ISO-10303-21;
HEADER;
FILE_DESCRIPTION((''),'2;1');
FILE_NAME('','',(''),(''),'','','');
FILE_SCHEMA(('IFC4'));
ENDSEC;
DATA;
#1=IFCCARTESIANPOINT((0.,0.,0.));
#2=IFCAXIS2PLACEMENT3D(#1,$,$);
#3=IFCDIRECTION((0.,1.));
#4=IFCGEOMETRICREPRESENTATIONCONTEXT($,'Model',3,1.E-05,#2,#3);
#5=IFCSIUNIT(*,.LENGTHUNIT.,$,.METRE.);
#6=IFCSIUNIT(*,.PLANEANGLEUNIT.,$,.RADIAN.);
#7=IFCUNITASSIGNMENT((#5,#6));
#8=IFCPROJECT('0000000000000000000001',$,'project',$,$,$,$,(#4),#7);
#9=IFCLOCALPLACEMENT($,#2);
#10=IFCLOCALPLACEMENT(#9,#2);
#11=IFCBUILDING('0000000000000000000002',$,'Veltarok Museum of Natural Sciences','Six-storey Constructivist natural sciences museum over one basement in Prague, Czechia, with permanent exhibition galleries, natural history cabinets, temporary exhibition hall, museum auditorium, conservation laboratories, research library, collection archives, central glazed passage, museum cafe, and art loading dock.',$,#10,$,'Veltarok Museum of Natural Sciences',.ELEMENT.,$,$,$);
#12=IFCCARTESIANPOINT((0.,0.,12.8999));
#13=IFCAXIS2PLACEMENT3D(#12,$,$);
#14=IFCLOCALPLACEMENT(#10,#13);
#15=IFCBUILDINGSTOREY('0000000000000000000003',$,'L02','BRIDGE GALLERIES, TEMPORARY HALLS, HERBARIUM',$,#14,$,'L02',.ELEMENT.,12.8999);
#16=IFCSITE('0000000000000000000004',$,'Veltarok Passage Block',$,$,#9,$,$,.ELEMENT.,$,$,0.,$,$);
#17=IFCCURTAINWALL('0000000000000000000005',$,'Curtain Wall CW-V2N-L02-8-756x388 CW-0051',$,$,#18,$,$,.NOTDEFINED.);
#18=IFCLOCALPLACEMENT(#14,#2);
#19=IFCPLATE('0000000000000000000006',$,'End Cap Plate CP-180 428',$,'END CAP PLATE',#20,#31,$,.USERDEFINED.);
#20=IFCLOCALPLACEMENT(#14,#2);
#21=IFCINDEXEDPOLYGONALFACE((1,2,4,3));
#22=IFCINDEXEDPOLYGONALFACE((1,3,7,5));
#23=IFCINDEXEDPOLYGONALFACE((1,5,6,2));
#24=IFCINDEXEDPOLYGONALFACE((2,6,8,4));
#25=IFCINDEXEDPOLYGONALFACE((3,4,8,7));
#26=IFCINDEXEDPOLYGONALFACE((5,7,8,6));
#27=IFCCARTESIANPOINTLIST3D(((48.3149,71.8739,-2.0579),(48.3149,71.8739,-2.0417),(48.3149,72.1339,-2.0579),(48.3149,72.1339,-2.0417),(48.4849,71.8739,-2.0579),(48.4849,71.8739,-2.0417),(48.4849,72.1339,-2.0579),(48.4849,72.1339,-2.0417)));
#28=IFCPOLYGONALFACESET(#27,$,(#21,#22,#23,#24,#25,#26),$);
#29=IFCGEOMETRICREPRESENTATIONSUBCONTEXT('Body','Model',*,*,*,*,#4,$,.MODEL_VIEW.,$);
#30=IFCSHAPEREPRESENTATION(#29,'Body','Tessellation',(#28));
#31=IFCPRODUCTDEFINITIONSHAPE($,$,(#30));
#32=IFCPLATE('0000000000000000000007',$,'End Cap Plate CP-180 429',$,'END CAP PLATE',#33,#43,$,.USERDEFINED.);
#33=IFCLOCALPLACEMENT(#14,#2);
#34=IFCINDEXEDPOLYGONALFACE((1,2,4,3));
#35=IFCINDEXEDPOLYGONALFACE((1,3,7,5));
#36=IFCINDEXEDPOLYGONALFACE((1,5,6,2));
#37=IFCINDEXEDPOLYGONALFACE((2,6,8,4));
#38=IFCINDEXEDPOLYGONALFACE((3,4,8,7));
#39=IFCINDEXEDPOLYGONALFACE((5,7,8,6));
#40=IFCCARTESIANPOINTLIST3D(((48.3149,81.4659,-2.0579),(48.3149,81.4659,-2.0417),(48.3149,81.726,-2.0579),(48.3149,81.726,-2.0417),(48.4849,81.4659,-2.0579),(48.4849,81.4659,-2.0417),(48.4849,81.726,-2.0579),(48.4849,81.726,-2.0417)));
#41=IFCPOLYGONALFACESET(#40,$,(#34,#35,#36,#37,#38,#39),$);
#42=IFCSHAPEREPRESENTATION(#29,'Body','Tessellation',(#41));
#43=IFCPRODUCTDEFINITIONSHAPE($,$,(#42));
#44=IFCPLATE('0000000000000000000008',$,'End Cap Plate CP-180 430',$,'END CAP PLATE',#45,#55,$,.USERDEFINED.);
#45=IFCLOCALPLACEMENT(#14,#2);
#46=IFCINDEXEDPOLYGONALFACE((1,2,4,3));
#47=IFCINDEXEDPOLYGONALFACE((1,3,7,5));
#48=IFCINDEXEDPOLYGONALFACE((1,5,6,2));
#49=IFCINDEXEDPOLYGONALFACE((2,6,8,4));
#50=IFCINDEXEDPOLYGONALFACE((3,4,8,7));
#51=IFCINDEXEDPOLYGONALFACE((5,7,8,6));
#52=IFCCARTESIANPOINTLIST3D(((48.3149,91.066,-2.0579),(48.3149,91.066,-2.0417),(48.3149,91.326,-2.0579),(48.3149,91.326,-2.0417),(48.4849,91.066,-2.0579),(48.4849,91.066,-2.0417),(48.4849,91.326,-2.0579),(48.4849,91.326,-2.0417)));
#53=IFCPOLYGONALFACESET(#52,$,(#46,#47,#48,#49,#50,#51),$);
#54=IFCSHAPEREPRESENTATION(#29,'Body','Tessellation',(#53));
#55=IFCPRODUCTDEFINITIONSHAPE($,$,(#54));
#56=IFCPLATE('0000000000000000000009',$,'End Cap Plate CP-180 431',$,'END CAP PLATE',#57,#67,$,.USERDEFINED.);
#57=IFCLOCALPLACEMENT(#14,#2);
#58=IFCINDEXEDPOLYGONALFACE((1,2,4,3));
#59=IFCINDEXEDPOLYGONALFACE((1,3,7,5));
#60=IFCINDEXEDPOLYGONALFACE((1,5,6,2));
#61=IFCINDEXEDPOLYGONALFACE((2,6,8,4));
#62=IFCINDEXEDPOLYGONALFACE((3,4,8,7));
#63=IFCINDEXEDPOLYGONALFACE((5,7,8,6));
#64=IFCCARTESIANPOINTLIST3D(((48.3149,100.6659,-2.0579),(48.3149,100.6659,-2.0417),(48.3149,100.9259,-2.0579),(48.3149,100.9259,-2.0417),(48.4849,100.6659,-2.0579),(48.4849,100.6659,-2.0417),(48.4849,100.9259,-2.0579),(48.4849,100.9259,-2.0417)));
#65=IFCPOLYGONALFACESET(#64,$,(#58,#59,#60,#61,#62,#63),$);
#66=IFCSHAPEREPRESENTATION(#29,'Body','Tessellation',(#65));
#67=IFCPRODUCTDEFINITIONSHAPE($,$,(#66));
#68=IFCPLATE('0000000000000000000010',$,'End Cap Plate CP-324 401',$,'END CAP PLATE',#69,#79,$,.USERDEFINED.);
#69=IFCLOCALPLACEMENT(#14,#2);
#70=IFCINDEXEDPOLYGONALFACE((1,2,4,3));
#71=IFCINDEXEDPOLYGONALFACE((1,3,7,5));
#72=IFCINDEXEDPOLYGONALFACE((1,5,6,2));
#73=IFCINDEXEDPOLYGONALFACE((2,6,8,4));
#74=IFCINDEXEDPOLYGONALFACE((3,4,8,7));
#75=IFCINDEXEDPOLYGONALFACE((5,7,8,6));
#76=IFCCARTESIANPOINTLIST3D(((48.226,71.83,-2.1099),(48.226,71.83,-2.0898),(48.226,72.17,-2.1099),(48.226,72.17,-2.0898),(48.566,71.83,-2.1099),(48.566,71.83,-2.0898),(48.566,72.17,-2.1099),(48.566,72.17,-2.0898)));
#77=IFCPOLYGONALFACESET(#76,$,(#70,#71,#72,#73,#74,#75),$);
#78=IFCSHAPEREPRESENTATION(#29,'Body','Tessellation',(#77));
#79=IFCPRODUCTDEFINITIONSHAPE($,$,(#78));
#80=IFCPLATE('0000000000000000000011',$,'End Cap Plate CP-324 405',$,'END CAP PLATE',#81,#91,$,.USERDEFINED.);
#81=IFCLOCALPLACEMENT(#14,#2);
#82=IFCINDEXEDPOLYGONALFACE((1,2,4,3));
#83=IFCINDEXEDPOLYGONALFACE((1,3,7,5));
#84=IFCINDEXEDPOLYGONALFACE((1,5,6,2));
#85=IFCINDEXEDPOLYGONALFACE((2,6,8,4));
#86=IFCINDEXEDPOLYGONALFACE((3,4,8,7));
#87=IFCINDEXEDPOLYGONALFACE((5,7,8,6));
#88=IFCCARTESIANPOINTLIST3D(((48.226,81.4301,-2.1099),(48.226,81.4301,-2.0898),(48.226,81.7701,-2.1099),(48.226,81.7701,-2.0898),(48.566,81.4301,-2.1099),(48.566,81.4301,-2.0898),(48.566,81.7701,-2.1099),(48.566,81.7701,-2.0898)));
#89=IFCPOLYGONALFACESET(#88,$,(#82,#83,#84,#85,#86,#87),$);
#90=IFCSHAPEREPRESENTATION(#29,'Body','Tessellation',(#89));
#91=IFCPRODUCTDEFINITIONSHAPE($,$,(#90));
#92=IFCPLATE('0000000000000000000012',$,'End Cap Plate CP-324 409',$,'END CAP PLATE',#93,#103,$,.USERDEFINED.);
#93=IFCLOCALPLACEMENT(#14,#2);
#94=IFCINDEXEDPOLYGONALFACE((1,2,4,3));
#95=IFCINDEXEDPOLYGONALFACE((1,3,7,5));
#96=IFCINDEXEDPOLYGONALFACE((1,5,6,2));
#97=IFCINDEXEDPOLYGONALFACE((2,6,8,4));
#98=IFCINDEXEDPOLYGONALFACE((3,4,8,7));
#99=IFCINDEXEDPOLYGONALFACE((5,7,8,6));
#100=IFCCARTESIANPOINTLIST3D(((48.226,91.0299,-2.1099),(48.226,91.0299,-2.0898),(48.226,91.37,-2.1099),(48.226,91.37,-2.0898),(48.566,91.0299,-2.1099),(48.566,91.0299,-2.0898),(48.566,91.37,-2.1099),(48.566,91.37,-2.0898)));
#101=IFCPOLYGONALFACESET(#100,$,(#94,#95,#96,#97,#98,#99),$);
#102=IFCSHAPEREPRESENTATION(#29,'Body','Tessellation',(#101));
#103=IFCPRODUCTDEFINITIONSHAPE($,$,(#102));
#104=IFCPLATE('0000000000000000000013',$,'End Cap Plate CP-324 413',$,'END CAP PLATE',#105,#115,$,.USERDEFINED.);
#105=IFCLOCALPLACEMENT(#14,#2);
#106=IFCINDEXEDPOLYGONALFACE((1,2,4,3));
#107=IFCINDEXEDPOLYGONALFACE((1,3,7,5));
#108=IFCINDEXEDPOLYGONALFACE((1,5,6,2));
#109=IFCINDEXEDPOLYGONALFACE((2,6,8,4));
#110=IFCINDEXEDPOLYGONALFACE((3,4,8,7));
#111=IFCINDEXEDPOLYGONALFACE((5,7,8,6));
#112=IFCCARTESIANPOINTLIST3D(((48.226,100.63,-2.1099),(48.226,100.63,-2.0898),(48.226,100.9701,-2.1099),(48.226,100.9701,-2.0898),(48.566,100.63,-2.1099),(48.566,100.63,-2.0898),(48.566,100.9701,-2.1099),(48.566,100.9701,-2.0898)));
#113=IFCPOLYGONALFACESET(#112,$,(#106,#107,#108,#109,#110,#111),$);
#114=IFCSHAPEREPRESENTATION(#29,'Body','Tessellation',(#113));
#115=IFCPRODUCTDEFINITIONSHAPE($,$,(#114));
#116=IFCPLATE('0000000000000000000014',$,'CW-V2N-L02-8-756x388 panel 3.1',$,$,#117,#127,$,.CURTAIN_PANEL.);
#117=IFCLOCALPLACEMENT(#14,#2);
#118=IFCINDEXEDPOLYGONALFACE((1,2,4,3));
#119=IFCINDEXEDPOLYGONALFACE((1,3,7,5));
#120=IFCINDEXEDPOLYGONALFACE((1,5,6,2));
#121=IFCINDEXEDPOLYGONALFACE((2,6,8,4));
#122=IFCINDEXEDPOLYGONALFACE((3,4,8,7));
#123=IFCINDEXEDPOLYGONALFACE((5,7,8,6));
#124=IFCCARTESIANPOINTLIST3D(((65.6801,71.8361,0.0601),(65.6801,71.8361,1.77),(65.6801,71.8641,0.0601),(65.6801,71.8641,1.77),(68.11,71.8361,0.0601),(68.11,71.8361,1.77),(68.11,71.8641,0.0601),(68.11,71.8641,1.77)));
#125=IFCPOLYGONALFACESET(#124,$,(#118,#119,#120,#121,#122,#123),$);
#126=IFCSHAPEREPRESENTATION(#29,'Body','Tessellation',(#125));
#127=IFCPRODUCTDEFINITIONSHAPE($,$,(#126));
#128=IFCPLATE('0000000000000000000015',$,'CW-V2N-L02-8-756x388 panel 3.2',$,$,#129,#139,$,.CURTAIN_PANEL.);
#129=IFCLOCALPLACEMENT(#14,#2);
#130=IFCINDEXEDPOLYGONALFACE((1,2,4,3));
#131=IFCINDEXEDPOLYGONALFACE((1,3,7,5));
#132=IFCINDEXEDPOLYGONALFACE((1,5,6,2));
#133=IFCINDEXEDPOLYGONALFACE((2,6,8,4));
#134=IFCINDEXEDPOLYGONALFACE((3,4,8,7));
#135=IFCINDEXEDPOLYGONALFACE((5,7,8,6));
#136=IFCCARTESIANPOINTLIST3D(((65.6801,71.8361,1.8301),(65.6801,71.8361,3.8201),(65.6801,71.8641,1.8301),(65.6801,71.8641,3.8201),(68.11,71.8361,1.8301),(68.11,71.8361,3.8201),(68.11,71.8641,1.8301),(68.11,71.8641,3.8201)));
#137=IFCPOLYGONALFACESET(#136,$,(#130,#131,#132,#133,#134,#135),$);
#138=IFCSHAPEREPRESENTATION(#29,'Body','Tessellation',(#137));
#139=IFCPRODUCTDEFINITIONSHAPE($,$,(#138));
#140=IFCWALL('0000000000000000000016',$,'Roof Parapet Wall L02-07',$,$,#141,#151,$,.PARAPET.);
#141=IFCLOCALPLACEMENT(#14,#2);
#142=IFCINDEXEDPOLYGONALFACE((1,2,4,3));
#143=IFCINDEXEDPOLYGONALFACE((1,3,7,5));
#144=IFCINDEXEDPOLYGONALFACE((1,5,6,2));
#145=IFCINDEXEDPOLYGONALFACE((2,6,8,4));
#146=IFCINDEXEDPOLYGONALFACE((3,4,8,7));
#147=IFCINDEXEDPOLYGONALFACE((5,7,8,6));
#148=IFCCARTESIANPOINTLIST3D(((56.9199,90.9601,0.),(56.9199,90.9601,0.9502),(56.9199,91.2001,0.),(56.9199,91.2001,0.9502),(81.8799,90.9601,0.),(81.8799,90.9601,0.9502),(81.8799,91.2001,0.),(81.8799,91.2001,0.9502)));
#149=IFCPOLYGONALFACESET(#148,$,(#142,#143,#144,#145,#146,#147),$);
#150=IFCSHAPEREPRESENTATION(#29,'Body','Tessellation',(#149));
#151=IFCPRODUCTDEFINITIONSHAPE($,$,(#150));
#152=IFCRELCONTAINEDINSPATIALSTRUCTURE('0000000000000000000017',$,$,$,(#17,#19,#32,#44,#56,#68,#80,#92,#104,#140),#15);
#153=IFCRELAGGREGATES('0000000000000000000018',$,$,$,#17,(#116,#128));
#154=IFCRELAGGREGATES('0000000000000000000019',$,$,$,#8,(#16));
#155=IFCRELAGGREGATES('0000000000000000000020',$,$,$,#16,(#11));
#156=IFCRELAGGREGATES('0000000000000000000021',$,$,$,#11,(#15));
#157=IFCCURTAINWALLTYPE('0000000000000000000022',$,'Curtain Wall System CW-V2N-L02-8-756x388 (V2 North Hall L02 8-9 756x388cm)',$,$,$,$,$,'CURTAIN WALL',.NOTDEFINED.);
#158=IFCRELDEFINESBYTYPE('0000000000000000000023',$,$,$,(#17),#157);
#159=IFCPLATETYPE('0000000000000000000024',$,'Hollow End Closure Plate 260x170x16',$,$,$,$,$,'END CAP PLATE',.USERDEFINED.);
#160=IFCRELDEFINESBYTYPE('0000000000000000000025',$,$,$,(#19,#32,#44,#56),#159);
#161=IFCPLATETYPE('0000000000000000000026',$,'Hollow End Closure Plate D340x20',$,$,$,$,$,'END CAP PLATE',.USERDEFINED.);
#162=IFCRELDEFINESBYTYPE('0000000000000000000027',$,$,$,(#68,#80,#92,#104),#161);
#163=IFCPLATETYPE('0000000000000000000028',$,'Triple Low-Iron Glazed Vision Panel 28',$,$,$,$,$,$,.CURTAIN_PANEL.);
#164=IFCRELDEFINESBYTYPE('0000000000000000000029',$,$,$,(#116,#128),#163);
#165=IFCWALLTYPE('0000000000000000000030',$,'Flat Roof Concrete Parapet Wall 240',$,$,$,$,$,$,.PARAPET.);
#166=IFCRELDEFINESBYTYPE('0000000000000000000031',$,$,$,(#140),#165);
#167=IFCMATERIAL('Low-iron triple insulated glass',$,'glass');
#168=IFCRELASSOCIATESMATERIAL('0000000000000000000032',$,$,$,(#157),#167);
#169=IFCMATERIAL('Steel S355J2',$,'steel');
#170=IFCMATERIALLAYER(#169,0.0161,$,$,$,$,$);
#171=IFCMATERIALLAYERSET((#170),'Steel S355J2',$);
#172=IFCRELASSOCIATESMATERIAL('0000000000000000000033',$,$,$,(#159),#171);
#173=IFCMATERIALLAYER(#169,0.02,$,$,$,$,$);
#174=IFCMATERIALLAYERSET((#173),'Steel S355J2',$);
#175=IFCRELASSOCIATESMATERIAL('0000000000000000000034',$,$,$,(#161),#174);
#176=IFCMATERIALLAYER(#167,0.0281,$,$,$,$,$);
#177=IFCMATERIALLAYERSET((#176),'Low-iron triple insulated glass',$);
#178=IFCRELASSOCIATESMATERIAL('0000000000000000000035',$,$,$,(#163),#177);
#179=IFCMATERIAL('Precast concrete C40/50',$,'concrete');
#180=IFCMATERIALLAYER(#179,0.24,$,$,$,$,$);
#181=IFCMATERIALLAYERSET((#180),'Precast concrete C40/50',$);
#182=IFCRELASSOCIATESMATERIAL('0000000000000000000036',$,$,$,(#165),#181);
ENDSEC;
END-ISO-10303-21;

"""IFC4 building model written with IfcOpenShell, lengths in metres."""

from ifc_helpers import new_model, si_unit, direction, frame, frame_2d, origin, origin_2d, place, context, subcontext, project, spatial, rectangle, extrude, material, layer, layer_set, type_object, element, aggregate, save


model = new_model("IFC4")

# Units and contexts
model_context = context("Model", 3, precision=1e-05, world=origin(), true_north=direction((0.0, 1.0)))
body_context = subcontext(model_context, "Body", "Model", "MODEL_VIEW")
ifc_project = project(units=[si_unit("LENGTHUNIT", "METRE"), si_unit("PLANEANGLEUNIT", "RADIAN")], contexts=[model_context])

# Site, building, storey
site_placement = place(None, origin())
site = spatial("IfcSite", under=ifc_project, at=site_placement, Name="Veltarok Passage Block", CompositionType="ELEMENT", RefElevation=0.0)
building_placement = place(site_placement, origin())
building = spatial("IfcBuilding", under=site, at=building_placement, Name="Veltarok Museum of Natural Sciences", Description="Six-storey Constructivist natural sciences museum over one basement in Prague, Czechia, with permanent exhibition galleries, natural history cabinets, temporary exhibition hall, museum auditorium, conservation laboratories, research library, collection archives, central glazed passage, museum cafe, and art loading dock.", LongName="Veltarok Museum of Natural Sciences", CompositionType="ELEMENT")
storey_placement = place(building_placement, frame((0.0, 0.0, 12.8999)))
storey = spatial("IfcBuildingStorey", under=building, at=storey_placement, Name="L02", Description="BRIDGE GALLERIES, TEMPORARY HALLS, HERBARIUM", LongName="L02", CompositionType="ELEMENT", Elevation=12.8999)

# Shared definitions
ifc_material_1 = material(Name="Steel S355J2", Category="steel")

# Curtain wall
ifc_material_2 = material(Name="Low-iron triple insulated glass", Category="glass")
curtain_wall_type_1 = type_object("IfcCurtainWallType", Name="Curtain Wall System CW-V2N-L02-8-756x388 (V2 North Hall L02 8-9 756x388cm)", ElementType="CURTAIN WALL", PredefinedType="NOTDEFINED", material=ifc_material_2)
curtain_wall_1_placement = place(storey_placement, origin())
curtain_wall_1 = element("IfcCurtainWall", 1, at=curtain_wall_1_placement, inside=storey, type_object=curtain_wall_type_1, Name="Curtain Wall CW-V2N-L02-8-756x388 CW-0051", PredefinedType="NOTDEFINED")

# Plates
ifc_layer_1 = layer(ifc_material_1, 0.0161)
ifc_layer_set_1 = layer_set([ifc_layer_1], Name="Steel S355J2")
plate_type_1 = type_object("IfcPlateType", Name="Hollow End Closure Plate 260x170x16", ElementType="END CAP PLATE", PredefinedType="USERDEFINED", material=ifc_layer_set_1)
for number, where, z_axis, x_axis, name in (
    (2, (48.3999, 72.0039, -2.0579), (0.0, 0.0, 1.0), (0.0, 1.0, 0.0), "End Cap Plate CP-180 428"),
    (3, (48.3999, 81.5959, -2.0579), (0.0, 0.0, 1.0), (0.0, 1.0, 0.0), "End Cap Plate CP-180 429"),
    (4, (48.3999, 91.196, -2.0579), (0.0, 0.0, 1.0), (0.0, 1.0, 0.0), "End Cap Plate CP-180 430"),
    (5, (48.3999, 100.7959, -2.0579), (0.0, 0.0, 1.0), (0.0, 1.0, 0.0), "End Cap Plate CP-180 431"),
):
    element("IfcPlate", number, at=place(storey_placement, frame(where, z_axis=z_axis, x_axis=x_axis)), inside=storey, type_object=plate_type_1, Name=name, ObjectType="END CAP PLATE", PredefinedType="USERDEFINED", context=body_context, shape_type="SweptSolid", body=[
        extrude(rectangle(XDim=0.26, YDim=0.1699, at=origin_2d()), origin(), (0.0, 0.0, 1.0), 0.0161),
    ])
ifc_layer_2 = layer(ifc_material_1, 0.02)
ifc_layer_set_2 = layer_set([ifc_layer_2], Name="Steel S355J2")
plate_type_2 = type_object("IfcPlateType", Name="Hollow End Closure Plate D340x20", ElementType="END CAP PLATE", PredefinedType="USERDEFINED", material=ifc_layer_set_2)
for number, where, z_axis, x_axis, name in (
    (6, (48.396, 72.0, -2.1099), (0.0, 0.0, 1.0), (1.0, 0.0, 0.0), "End Cap Plate CP-324 401"),
    (7, (48.396, 81.6001, -2.1099), (0.0, 0.0, 1.0), (1.0, 0.0, 0.0), "End Cap Plate CP-324 405"),
    (8, (48.396, 91.2, -2.1099), (0.0, 0.0, 1.0), (1.0, 0.0, 0.0), "End Cap Plate CP-324 409"),
    (9, (48.396, 100.8, -2.1099), (0.0, 0.0, 1.0), (1.0, 0.0, 0.0), "End Cap Plate CP-324 413"),
):
    element("IfcPlate", number, at=place(storey_placement, frame(where, z_axis=z_axis, x_axis=x_axis)), inside=storey, type_object=plate_type_2, Name=name, ObjectType="END CAP PLATE", PredefinedType="USERDEFINED", context=body_context, shape_type="SweptSolid", body=[
        extrude(rectangle(XDim=0.3401, YDim=0.3401, at=origin_2d()), origin(), (0.0, 0.0, 1.0), 0.02),
    ])

# Plates
ifc_layer_3 = layer(ifc_material_2, 0.0281)
ifc_layer_set_3 = layer_set([ifc_layer_3], Name="Low-iron triple insulated glass")
plate_type_3 = type_object("IfcPlateType", Name="Triple Low-Iron Glazed Vision Panel 28", PredefinedType="CURTAIN_PANEL", material=ifc_layer_set_3)
plate_1_placement = place(storey_placement, frame((66.895, 71.8501, 0.0601), z_axis=(0.0, 0.0, 1.0), x_axis=(-1.0, 0.0, 0.0)))
plate_1 = element("IfcPlate", 10, at=plate_1_placement, type_object=plate_type_3, Name="CW-V2N-L02-8-756x388 panel 3.1", PredefinedType="CURTAIN_PANEL", context=body_context, shape_type="SweptSolid", body=[
    extrude(rectangle(XDim=2.4299, YDim=0.0281, at=origin_2d()), origin(), (0.0, 0.0, 1.0), 1.71),
])
plate_2_placement = place(storey_placement, frame((66.895, 71.8501, 1.8301), z_axis=(0.0, 0.0, 1.0), x_axis=(-1.0, 0.0, 0.0)))
plate_2 = element("IfcPlate", 11, at=plate_2_placement, type_object=plate_type_3, Name="CW-V2N-L02-8-756x388 panel 3.2", PredefinedType="CURTAIN_PANEL", context=body_context, shape_type="SweptSolid", body=[
    extrude(rectangle(XDim=2.4299, YDim=0.0281, at=origin_2d()), origin(), (0.0, 0.0, 1.0), 1.99),
])
aggregate(curtain_wall_1, [plate_1, plate_2])

# Wall
ifc_material_3 = material(Name="Precast concrete C40/50", Category="concrete")
ifc_layer_4 = layer(ifc_material_3, 0.24)
ifc_layer_set_4 = layer_set([ifc_layer_4], Name="Precast concrete C40/50")
wall_type = type_object("IfcWallType", Name="Flat Roof Concrete Parapet Wall 240", PredefinedType="PARAPET", material=ifc_layer_set_4)
wall_placement = place(storey_placement, frame((56.9199, 91.0801, 0.0), z_axis=(0.0, 0.0, 1.0), x_axis=(1.0, 0.0, 0.0)))
element("IfcWall", 12, at=wall_placement, inside=storey, type_object=wall_type, Name="Roof Parapet Wall L02-07", PredefinedType="PARAPET", context=body_context, shape_type="SweptSolid", body=[
    extrude(rectangle(XDim=24.96, YDim=0.24, at=frame_2d((12.48, 0.0))), origin(), (0.0, 0.0, 1.0), 0.9502),
])

save(model, "model.ifc")
